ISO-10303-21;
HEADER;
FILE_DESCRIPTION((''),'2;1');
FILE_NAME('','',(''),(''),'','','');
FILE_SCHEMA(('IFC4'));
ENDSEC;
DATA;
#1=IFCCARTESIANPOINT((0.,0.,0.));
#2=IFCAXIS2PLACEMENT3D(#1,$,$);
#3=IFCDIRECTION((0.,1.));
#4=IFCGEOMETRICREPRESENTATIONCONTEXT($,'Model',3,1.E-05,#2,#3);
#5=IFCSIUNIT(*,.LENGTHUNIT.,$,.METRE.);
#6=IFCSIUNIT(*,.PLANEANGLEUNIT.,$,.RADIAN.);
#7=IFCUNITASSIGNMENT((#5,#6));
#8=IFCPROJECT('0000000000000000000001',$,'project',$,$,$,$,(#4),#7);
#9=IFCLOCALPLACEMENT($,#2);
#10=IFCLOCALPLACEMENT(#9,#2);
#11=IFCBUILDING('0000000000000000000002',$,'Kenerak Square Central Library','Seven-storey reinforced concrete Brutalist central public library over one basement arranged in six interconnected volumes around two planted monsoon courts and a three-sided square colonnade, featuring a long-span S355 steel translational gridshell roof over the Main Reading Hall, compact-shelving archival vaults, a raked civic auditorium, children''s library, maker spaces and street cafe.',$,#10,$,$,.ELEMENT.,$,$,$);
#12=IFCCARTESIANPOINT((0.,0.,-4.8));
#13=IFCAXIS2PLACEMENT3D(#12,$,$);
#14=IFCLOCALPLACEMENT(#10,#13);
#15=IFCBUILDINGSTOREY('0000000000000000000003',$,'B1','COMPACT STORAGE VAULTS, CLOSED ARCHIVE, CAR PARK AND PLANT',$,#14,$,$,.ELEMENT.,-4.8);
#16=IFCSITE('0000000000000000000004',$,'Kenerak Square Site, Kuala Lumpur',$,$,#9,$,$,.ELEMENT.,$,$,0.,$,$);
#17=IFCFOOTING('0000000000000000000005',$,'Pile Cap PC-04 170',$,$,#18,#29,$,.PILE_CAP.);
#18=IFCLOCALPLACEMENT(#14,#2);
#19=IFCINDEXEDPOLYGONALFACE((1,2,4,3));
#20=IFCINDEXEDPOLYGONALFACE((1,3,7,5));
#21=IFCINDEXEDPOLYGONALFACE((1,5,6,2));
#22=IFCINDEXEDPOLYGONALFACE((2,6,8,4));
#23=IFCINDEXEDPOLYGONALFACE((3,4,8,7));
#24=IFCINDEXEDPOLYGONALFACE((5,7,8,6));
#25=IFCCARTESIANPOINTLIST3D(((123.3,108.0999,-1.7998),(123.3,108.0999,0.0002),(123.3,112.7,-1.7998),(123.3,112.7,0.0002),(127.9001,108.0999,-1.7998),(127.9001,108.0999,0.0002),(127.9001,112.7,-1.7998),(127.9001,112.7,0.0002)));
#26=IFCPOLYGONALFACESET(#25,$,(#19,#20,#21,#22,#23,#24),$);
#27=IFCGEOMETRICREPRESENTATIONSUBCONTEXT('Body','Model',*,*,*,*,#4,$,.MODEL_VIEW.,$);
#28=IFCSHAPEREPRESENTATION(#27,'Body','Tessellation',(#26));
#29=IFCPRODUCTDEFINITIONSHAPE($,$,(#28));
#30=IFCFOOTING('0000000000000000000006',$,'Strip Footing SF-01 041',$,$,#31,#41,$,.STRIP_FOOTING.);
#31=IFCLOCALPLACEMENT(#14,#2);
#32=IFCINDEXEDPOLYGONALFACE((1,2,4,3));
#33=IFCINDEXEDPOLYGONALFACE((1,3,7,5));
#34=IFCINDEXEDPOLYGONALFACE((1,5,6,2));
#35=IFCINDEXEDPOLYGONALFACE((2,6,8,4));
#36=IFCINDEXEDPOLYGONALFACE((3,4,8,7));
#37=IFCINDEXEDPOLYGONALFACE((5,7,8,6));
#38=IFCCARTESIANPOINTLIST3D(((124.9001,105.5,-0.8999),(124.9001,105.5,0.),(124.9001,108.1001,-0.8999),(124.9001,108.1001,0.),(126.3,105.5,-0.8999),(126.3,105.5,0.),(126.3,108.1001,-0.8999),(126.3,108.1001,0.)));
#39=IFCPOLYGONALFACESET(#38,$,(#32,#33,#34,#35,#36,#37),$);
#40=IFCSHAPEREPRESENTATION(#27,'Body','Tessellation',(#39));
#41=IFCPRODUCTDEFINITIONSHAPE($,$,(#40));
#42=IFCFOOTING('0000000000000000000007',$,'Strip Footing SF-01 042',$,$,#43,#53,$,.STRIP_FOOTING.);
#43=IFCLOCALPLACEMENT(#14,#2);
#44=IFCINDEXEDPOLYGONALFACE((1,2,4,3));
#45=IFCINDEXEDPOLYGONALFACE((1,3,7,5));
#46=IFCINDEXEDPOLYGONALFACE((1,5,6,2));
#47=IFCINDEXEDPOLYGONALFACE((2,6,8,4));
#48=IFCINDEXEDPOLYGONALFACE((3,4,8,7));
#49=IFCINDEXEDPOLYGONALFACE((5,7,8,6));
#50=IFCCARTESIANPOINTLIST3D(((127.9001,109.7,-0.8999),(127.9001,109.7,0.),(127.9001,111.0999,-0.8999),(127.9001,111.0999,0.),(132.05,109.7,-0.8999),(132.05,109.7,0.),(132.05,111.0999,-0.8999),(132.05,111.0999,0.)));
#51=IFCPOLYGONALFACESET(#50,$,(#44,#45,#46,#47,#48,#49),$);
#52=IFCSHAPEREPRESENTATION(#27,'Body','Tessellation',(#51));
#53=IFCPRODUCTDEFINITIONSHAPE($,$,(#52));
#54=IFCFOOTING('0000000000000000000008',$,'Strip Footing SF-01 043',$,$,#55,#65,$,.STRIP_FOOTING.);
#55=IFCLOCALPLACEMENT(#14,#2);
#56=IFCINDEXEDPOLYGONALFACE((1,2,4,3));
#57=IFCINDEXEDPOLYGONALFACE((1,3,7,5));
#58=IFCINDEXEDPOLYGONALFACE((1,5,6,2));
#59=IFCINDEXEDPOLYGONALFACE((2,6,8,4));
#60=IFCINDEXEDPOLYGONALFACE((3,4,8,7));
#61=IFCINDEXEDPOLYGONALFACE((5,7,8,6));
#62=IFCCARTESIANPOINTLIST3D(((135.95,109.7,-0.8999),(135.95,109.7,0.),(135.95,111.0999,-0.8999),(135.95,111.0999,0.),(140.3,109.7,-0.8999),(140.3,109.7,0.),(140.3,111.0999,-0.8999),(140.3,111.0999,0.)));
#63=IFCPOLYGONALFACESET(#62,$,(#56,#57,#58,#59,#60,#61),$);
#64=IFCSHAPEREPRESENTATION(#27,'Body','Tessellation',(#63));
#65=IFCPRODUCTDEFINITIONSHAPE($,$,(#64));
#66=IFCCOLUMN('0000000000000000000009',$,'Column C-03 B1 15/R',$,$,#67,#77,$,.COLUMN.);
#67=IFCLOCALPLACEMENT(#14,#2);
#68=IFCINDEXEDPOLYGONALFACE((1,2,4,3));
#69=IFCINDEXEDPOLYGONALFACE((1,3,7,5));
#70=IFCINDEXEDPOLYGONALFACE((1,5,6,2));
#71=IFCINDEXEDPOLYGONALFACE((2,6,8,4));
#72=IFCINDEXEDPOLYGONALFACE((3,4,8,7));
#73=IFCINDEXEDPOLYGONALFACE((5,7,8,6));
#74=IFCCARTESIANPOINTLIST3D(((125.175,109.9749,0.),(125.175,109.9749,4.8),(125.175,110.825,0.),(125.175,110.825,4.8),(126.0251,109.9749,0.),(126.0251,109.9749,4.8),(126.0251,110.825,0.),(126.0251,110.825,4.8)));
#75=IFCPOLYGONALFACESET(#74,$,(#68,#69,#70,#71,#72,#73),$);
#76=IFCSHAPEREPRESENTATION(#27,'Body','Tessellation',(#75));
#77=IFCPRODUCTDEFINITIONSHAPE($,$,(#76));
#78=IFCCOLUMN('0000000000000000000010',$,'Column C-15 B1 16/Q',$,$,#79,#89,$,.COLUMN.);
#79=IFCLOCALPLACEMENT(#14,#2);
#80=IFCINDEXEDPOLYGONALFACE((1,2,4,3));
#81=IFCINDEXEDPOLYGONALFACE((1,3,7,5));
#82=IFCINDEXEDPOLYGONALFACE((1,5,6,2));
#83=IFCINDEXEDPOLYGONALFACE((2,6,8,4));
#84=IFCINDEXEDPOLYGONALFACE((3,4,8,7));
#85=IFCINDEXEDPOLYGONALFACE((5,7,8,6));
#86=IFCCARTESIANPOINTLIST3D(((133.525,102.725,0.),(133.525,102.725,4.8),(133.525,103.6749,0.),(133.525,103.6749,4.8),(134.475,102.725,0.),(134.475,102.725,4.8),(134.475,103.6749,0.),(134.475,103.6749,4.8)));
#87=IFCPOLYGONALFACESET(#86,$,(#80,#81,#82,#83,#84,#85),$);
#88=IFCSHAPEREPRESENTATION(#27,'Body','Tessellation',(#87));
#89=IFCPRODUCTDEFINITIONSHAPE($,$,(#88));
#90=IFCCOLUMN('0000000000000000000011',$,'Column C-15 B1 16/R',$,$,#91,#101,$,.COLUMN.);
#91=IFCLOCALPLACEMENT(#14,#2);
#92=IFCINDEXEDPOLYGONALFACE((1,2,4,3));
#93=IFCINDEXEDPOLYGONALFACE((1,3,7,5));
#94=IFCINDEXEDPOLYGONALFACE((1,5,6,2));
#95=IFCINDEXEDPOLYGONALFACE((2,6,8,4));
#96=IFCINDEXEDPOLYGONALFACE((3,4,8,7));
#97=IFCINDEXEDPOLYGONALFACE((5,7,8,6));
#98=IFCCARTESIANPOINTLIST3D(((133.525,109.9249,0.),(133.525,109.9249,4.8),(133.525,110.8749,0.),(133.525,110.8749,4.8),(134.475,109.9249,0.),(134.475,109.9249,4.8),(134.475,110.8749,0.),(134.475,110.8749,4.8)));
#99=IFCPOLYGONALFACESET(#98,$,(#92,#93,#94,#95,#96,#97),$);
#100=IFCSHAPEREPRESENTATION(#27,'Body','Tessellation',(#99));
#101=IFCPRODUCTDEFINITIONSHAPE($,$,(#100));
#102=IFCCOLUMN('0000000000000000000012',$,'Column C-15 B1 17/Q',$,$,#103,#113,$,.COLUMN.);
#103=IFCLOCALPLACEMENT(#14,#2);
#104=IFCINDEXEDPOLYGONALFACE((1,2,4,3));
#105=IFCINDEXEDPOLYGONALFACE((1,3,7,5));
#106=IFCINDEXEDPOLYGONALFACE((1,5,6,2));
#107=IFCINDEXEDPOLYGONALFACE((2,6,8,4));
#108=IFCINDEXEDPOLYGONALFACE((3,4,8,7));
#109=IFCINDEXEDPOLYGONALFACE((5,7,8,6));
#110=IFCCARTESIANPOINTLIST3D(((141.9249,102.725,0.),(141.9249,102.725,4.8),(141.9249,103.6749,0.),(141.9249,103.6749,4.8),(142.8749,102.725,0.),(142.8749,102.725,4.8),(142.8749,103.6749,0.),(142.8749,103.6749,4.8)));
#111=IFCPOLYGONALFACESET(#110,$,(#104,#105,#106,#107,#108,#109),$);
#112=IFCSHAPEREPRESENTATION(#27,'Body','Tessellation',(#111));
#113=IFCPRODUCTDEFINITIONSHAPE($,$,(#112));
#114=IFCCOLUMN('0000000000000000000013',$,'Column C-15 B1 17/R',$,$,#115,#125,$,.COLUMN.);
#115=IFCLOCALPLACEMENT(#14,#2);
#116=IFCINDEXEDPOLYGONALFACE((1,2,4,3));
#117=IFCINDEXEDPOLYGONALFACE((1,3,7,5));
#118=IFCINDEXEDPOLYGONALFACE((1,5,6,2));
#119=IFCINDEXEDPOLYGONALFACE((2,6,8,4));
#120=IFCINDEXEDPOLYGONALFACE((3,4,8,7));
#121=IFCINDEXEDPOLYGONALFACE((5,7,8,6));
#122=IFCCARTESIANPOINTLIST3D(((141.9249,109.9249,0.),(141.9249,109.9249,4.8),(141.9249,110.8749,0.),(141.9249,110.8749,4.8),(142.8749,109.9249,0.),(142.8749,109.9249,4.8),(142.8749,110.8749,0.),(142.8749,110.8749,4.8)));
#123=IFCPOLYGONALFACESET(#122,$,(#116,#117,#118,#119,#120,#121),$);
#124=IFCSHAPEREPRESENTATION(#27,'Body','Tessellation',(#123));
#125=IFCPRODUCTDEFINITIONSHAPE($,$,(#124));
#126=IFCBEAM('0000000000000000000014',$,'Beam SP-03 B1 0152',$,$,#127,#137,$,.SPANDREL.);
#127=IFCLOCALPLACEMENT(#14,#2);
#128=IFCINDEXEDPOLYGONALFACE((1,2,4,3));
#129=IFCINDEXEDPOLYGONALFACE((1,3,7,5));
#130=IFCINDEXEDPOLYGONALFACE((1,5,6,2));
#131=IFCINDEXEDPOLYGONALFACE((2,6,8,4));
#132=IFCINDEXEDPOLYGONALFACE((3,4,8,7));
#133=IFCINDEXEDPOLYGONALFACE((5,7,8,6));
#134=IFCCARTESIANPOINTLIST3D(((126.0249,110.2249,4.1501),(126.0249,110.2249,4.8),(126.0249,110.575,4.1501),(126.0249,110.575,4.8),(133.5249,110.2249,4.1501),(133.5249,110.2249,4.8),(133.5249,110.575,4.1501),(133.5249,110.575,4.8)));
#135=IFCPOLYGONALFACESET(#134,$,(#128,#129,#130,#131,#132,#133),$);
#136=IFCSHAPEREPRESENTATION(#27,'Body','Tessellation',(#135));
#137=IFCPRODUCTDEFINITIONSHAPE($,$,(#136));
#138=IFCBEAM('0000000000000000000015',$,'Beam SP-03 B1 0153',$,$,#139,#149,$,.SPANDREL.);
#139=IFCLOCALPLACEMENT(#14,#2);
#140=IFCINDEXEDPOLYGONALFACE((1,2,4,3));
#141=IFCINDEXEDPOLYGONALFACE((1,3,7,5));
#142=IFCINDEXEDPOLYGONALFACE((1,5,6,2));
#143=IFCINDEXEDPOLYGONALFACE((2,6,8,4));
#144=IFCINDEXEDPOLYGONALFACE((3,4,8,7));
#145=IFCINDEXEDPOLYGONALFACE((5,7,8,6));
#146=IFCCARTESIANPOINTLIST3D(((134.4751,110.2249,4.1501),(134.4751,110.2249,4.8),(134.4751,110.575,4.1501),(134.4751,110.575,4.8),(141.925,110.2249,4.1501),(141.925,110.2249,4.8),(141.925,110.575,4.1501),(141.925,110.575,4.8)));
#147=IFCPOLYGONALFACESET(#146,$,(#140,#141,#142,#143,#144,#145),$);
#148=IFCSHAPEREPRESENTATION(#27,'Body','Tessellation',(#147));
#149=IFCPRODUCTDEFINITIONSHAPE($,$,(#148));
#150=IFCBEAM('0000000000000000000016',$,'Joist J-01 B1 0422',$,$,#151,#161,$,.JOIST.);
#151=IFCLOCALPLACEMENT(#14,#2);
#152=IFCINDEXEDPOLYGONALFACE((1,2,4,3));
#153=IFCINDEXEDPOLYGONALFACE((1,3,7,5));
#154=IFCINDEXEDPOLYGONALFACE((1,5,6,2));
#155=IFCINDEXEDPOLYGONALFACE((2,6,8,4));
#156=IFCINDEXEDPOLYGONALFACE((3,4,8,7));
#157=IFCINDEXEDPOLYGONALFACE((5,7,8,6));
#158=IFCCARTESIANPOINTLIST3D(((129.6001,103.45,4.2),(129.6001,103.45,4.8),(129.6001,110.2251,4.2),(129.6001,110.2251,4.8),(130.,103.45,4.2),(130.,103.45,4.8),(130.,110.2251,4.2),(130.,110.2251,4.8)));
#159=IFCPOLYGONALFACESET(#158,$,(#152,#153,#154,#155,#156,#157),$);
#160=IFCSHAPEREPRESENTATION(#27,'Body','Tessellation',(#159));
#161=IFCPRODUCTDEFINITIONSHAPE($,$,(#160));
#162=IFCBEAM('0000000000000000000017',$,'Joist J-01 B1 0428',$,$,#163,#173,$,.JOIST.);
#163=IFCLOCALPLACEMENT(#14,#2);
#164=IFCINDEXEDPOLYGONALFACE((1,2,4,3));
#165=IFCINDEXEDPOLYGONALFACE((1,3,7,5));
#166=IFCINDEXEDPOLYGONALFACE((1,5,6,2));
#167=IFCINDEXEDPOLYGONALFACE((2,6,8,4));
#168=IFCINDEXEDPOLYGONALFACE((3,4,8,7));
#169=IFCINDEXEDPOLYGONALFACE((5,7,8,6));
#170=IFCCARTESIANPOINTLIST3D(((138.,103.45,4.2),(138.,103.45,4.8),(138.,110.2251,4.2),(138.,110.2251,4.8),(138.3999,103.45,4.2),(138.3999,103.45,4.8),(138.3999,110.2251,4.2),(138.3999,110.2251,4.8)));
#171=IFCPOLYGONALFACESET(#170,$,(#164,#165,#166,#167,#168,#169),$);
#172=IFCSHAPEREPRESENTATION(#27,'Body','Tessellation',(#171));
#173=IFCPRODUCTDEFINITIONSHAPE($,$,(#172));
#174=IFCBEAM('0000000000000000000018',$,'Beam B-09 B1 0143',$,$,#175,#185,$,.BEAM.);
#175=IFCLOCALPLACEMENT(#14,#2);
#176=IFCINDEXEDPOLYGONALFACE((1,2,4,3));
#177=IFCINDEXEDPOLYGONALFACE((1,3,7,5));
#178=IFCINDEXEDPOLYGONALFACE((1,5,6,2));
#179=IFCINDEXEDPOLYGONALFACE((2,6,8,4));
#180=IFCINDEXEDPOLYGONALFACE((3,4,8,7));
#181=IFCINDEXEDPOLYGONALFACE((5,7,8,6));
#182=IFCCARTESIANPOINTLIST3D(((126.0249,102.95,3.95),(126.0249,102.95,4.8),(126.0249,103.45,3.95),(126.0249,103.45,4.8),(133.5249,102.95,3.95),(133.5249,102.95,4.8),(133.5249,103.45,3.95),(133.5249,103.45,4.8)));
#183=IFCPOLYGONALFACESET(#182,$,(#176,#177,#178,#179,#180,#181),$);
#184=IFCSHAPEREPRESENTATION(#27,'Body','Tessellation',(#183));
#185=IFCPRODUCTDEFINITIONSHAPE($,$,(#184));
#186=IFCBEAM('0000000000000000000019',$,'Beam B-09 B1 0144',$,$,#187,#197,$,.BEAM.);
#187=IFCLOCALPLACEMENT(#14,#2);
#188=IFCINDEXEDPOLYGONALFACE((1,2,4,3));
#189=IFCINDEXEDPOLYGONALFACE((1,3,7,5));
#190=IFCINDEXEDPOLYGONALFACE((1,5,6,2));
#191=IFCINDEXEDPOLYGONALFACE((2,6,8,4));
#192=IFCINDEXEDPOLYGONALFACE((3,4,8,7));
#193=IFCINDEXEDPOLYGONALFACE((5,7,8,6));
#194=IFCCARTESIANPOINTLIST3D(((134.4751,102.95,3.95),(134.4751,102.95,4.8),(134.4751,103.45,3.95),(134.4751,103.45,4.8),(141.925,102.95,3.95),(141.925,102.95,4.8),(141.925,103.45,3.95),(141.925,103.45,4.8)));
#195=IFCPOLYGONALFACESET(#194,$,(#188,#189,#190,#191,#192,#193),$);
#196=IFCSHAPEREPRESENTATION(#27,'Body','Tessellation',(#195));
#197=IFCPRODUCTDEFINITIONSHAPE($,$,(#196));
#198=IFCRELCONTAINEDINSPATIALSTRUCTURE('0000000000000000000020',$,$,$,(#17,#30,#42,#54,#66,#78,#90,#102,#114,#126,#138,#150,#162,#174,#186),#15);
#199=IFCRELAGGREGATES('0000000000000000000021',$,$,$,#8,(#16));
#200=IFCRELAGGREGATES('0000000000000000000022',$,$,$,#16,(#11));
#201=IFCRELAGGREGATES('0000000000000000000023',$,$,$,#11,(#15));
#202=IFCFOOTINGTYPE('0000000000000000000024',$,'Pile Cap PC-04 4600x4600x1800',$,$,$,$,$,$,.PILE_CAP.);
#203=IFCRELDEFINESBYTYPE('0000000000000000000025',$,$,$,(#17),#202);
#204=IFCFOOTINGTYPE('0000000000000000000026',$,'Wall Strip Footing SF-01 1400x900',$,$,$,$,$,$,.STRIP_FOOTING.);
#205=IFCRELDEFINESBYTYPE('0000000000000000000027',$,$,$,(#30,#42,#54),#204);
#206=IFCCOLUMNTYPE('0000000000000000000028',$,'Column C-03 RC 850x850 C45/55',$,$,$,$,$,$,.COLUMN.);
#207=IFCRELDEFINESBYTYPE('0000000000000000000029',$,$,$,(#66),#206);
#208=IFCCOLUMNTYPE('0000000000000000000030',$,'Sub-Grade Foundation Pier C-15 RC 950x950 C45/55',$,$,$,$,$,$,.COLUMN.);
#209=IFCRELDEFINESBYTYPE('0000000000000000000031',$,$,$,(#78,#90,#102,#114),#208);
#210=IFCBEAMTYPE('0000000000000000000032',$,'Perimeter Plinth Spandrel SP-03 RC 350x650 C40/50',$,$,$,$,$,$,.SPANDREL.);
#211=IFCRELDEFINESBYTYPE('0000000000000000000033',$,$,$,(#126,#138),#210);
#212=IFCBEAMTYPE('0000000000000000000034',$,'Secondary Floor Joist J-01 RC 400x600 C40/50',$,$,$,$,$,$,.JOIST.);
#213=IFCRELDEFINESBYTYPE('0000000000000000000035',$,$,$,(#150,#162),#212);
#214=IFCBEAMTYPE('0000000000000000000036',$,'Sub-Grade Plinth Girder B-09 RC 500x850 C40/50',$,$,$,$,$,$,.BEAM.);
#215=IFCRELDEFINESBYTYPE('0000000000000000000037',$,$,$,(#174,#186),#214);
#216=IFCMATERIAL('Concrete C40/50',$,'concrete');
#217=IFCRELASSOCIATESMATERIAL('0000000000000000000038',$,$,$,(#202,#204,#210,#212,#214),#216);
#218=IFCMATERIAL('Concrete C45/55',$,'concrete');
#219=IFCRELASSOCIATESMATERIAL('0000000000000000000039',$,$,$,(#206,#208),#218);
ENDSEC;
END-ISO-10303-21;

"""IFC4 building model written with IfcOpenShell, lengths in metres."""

from ifc_helpers import new_model, si_unit, direction, frame, origin, origin_2d, place, context, subcontext, project, spatial, rectangle, extrude, material, material_profile, profile_set, type_object, element, save


model = new_model("IFC4")

# Units and contexts
model_context = context("Model", 3, precision=1e-05, world=origin(), true_north=direction((0.0, 1.0)))
body_context = subcontext(model_context, "Body", "Model", "MODEL_VIEW")
ifc_project = project(units=[si_unit("LENGTHUNIT", "METRE"), si_unit("PLANEANGLEUNIT", "RADIAN")], contexts=[model_context])

# Site, building, storey
site_placement = place(None, origin())
site = spatial("IfcSite", under=ifc_project, at=site_placement, Name="Kenerak Square Site, Kuala Lumpur", CompositionType="ELEMENT", RefElevation=0.0)
building_placement = place(site_placement, origin())
building = spatial("IfcBuilding", under=site, at=building_placement, Name="Kenerak Square Central Library", Description="Seven-storey reinforced concrete Brutalist central public library over one basement arranged in six interconnected volumes around two planted monsoon courts and a three-sided square colonnade, featuring a long-span S355 steel translational gridshell roof over the Main Reading Hall, compact-shelving archival vaults, a raked civic auditorium, children's library, maker spaces and street cafe.", CompositionType="ELEMENT")
storey_placement = place(building_placement, frame((0.0, 0.0, -4.8)))
storey = spatial("IfcBuildingStorey", under=building, at=storey_placement, Name="B1", Description="COMPACT STORAGE VAULTS, CLOSED ARCHIVE, CAR PARK AND PLANT", CompositionType="ELEMENT", Elevation=-4.8)

# Shared definitions
ifc_material_1 = material(Name="Concrete C40/50", Category="concrete")

# Footings
footing_type_1 = type_object("IfcFootingType", Name="Pile Cap PC-04 4600x4600x1800", PredefinedType="PILE_CAP", material=ifc_material_1)
footing_1_placement = place(storey_placement, frame((125.6001, 110.3999, -1.7998), z_axis=(0.0, 0.0, 1.0), x_axis=(1.0, 0.0, 0.0)))
element("IfcFooting", 1, at=footing_1_placement, inside=storey, type_object=footing_type_1, Name="Pile Cap PC-04 170", PredefinedType="PILE_CAP", context=body_context, shape_type="SweptSolid", body=[
    extrude(rectangle(XDim=4.6001, YDim=4.6001, at=origin_2d()), origin(), (0.0, 0.0, 1.0), 1.8),
])
footing_type_2 = type_object("IfcFootingType", Name="Wall Strip Footing SF-01 1400x900", PredefinedType="STRIP_FOOTING", material=ifc_material_1)
footing_2_placement = place(storey_placement, frame((125.6001, 106.8, -0.8999), z_axis=(0.0, 0.0, 1.0), x_axis=(1.0, 0.0, 0.0)))
element("IfcFooting", 2, at=footing_2_placement, inside=storey, type_object=footing_type_2, Name="Strip Footing SF-01 041", PredefinedType="STRIP_FOOTING", context=body_context, shape_type="SweptSolid", body=[
    extrude(rectangle(XDim=1.3999, YDim=2.6001, at=origin_2d()), origin(), (0.0, 0.0, 1.0), 0.8999),
])
footing_3_placement = place(storey_placement, frame((129.9751, 110.3999, -0.8999), z_axis=(0.0, 0.0, 1.0), x_axis=(1.0, 0.0, 0.0)))
element("IfcFooting", 3, at=footing_3_placement, inside=storey, type_object=footing_type_2, Name="Strip Footing SF-01 042", PredefinedType="STRIP_FOOTING", context=body_context, shape_type="SweptSolid", body=[
    extrude(rectangle(XDim=4.1499, YDim=1.3999, at=origin_2d()), origin(), (0.0, 0.0, 1.0), 0.8999),
])
footing_4_placement = place(storey_placement, frame((138.125, 110.3999, -0.8999), z_axis=(0.0, 0.0, 1.0), x_axis=(1.0, 0.0, 0.0)))
element("IfcFooting", 4, at=footing_4_placement, inside=storey, type_object=footing_type_2, Name="Strip Footing SF-01 043", PredefinedType="STRIP_FOOTING", context=body_context, shape_type="SweptSolid", body=[
    extrude(rectangle(XDim=4.3501, YDim=1.3999, at=origin_2d()), origin(), (0.0, 0.0, 1.0), 0.8999),
])

# Columns
ifc_material_2 = material(Name="Concrete C45/55", Category="concrete")
ifc_material_profile_1 = material_profile(ifc_material_2, rectangle(XDim=0.8501, YDim=0.8501, at=origin_2d()), Name="RC 850x850")
ifc_profile_set_1 = profile_set([ifc_material_profile_1], Name="Concrete C45/55")
column_type_1 = type_object("IfcColumnType", Name="Column C-03 RC 850x850 C45/55", PredefinedType="COLUMN", material=ifc_profile_set_1)
column_placement = place(storey_placement, frame((125.6001, 110.3999, 0.0), z_axis=(0.0, 0.0, 1.0), x_axis=(1.0, 0.0, 0.0)))
element("IfcColumn", 5, at=column_placement, inside=storey, type_object=column_type_1, Name="Column C-03 B1 15/R", PredefinedType="COLUMN", context=body_context, shape_type="SweptSolid", body=[
    extrude(rectangle(XDim=0.8501, YDim=0.8501, at=origin_2d()), origin(), (0.0, 0.0, 1.0), 4.8),
])
ifc_material_profile_2 = material_profile(ifc_material_2, rectangle(XDim=0.95, YDim=0.95, at=origin_2d()), Name="RC 950x950")
ifc_profile_set_2 = profile_set([ifc_material_profile_2], Name="Concrete C45/55")
column_type_2 = type_object("IfcColumnType", Name="Sub-Grade Foundation Pier C-15 RC 950x950 C45/55", PredefinedType="COLUMN", material=ifc_profile_set_2)
for number, where, z_axis, x_axis, name in (
    (6, (134.0, 103.2, 0.0), (0.0, 0.0, 1.0), (1.0, 0.0, 0.0), "Column C-15 B1 16/Q"),
    (7, (134.0, 110.3999, 0.0), (0.0, 0.0, 1.0), (1.0, 0.0, 0.0), "Column C-15 B1 16/R"),
    (8, (142.3999, 103.2, 0.0), (0.0, 0.0, 1.0), (1.0, 0.0, 0.0), "Column C-15 B1 17/Q"),
    (9, (142.3999, 110.3999, 0.0), (0.0, 0.0, 1.0), (1.0, 0.0, 0.0), "Column C-15 B1 17/R"),
):
    element("IfcColumn", number, at=place(storey_placement, frame(where, z_axis=z_axis, x_axis=x_axis)), inside=storey, type_object=column_type_2, Name=name, PredefinedType="COLUMN", context=body_context, shape_type="SweptSolid", body=[
        extrude(rectangle(XDim=0.95, YDim=0.95, at=origin_2d()), origin(), (0.0, 0.0, 1.0), 4.8),
    ])

# Beams
ifc_material_profile_3 = material_profile(ifc_material_1, rectangle(XDim=0.3501, YDim=0.6499, at=origin_2d()), Name="RC 350x650")
ifc_profile_set_3 = profile_set([ifc_material_profile_3], Name="Concrete C40/50")
beam_type_1 = type_object("IfcBeamType", Name="Perimeter Plinth Spandrel SP-03 RC 350x650 C40/50", PredefinedType="SPANDREL", material=ifc_profile_set_3)
beam_1_placement = place(storey_placement, frame((126.0249, 110.3999, 4.4751), z_axis=(1.0, 0.0, 0.0), x_axis=(0.0, 1.0, 0.0)))
element("IfcBeam", 10, at=beam_1_placement, inside=storey, type_object=beam_type_1, Name="Beam SP-03 B1 0152", PredefinedType="SPANDREL", context=body_context, shape_type="SweptSolid", body=[
    extrude(rectangle(XDim=0.3501, YDim=0.6499, at=origin_2d()), origin(), (0.0, 0.0, 1.0), 7.5),
])
beam_2_placement = place(storey_placement, frame((134.4751, 110.3999, 4.4751), z_axis=(1.0, 0.0, 0.0), x_axis=(0.0, 1.0, 0.0)))
element("IfcBeam", 11, at=beam_2_placement, inside=storey, type_object=beam_type_1, Name="Beam SP-03 B1 0153", PredefinedType="SPANDREL", context=body_context, shape_type="SweptSolid", body=[
    extrude(rectangle(XDim=0.3501, YDim=0.6499, at=origin_2d()), origin(), (0.0, 0.0, 1.0), 7.45),
])
ifc_material_profile_4 = material_profile(ifc_material_1, rectangle(XDim=0.3999, YDim=0.6001, at=origin_2d()), Name="RC 400x600")
ifc_profile_set_4 = profile_set([ifc_material_profile_4], Name="Concrete C40/50")
beam_type_2 = type_object("IfcBeamType", Name="Secondary Floor Joist J-01 RC 400x600 C40/50", PredefinedType="JOIST", material=ifc_profile_set_4)
for number, where, z_axis, x_axis, name in (
    (12, (129.8, 103.45, 4.5), (0.0, 1.0, 0.0), (-1.0, 0.0, 0.0), "Joist J-01 B1 0422"),
    (13, (138.2, 103.45, 4.5), (0.0, 1.0, 0.0), (-1.0, 0.0, 0.0), "Joist J-01 B1 0428"),
):
    element("IfcBeam", number, at=place(storey_placement, frame(where, z_axis=z_axis, x_axis=x_axis)), inside=storey, type_object=beam_type_2, Name=name, PredefinedType="JOIST", context=body_context, shape_type="SweptSolid", body=[
        extrude(rectangle(XDim=0.3999, YDim=0.6001, at=origin_2d()), origin(), (0.0, 0.0, 1.0), 6.7751),
    ])
ifc_material_profile_5 = material_profile(ifc_material_1, rectangle(XDim=0.5, YDim=0.8501, at=origin_2d()), Name="RC 500x850")
ifc_profile_set_5 = profile_set([ifc_material_profile_5], Name="Concrete C40/50")
beam_type_3 = type_object("IfcBeamType", Name="Sub-Grade Plinth Girder B-09 RC 500x850 C40/50", PredefinedType="BEAM", material=ifc_profile_set_5)
beam_3_placement = place(storey_placement, frame((126.0249, 103.2, 4.375), z_axis=(1.0, 0.0, 0.0), x_axis=(0.0, 1.0, 0.0)))
element("IfcBeam", 14, at=beam_3_placement, inside=storey, type_object=beam_type_3, Name="Beam B-09 B1 0143", PredefinedType="BEAM", context=body_context, shape_type="SweptSolid", body=[
    extrude(rectangle(XDim=0.5, YDim=0.8501, at=origin_2d()), origin(), (0.0, 0.0, 1.0), 7.5),
])
beam_4_placement = place(storey_placement, frame((134.4751, 103.2, 4.375), z_axis=(1.0, 0.0, 0.0), x_axis=(0.0, 1.0, 0.0)))
element("IfcBeam", 15, at=beam_4_placement, inside=storey, type_object=beam_type_3, Name="Beam B-09 B1 0144", PredefinedType="BEAM", context=body_context, shape_type="SweptSolid", body=[
    extrude(rectangle(XDim=0.5, YDim=0.8501, at=origin_2d()), origin(), (0.0, 0.0, 1.0), 7.45),
])

save(model, "model.ifc")
